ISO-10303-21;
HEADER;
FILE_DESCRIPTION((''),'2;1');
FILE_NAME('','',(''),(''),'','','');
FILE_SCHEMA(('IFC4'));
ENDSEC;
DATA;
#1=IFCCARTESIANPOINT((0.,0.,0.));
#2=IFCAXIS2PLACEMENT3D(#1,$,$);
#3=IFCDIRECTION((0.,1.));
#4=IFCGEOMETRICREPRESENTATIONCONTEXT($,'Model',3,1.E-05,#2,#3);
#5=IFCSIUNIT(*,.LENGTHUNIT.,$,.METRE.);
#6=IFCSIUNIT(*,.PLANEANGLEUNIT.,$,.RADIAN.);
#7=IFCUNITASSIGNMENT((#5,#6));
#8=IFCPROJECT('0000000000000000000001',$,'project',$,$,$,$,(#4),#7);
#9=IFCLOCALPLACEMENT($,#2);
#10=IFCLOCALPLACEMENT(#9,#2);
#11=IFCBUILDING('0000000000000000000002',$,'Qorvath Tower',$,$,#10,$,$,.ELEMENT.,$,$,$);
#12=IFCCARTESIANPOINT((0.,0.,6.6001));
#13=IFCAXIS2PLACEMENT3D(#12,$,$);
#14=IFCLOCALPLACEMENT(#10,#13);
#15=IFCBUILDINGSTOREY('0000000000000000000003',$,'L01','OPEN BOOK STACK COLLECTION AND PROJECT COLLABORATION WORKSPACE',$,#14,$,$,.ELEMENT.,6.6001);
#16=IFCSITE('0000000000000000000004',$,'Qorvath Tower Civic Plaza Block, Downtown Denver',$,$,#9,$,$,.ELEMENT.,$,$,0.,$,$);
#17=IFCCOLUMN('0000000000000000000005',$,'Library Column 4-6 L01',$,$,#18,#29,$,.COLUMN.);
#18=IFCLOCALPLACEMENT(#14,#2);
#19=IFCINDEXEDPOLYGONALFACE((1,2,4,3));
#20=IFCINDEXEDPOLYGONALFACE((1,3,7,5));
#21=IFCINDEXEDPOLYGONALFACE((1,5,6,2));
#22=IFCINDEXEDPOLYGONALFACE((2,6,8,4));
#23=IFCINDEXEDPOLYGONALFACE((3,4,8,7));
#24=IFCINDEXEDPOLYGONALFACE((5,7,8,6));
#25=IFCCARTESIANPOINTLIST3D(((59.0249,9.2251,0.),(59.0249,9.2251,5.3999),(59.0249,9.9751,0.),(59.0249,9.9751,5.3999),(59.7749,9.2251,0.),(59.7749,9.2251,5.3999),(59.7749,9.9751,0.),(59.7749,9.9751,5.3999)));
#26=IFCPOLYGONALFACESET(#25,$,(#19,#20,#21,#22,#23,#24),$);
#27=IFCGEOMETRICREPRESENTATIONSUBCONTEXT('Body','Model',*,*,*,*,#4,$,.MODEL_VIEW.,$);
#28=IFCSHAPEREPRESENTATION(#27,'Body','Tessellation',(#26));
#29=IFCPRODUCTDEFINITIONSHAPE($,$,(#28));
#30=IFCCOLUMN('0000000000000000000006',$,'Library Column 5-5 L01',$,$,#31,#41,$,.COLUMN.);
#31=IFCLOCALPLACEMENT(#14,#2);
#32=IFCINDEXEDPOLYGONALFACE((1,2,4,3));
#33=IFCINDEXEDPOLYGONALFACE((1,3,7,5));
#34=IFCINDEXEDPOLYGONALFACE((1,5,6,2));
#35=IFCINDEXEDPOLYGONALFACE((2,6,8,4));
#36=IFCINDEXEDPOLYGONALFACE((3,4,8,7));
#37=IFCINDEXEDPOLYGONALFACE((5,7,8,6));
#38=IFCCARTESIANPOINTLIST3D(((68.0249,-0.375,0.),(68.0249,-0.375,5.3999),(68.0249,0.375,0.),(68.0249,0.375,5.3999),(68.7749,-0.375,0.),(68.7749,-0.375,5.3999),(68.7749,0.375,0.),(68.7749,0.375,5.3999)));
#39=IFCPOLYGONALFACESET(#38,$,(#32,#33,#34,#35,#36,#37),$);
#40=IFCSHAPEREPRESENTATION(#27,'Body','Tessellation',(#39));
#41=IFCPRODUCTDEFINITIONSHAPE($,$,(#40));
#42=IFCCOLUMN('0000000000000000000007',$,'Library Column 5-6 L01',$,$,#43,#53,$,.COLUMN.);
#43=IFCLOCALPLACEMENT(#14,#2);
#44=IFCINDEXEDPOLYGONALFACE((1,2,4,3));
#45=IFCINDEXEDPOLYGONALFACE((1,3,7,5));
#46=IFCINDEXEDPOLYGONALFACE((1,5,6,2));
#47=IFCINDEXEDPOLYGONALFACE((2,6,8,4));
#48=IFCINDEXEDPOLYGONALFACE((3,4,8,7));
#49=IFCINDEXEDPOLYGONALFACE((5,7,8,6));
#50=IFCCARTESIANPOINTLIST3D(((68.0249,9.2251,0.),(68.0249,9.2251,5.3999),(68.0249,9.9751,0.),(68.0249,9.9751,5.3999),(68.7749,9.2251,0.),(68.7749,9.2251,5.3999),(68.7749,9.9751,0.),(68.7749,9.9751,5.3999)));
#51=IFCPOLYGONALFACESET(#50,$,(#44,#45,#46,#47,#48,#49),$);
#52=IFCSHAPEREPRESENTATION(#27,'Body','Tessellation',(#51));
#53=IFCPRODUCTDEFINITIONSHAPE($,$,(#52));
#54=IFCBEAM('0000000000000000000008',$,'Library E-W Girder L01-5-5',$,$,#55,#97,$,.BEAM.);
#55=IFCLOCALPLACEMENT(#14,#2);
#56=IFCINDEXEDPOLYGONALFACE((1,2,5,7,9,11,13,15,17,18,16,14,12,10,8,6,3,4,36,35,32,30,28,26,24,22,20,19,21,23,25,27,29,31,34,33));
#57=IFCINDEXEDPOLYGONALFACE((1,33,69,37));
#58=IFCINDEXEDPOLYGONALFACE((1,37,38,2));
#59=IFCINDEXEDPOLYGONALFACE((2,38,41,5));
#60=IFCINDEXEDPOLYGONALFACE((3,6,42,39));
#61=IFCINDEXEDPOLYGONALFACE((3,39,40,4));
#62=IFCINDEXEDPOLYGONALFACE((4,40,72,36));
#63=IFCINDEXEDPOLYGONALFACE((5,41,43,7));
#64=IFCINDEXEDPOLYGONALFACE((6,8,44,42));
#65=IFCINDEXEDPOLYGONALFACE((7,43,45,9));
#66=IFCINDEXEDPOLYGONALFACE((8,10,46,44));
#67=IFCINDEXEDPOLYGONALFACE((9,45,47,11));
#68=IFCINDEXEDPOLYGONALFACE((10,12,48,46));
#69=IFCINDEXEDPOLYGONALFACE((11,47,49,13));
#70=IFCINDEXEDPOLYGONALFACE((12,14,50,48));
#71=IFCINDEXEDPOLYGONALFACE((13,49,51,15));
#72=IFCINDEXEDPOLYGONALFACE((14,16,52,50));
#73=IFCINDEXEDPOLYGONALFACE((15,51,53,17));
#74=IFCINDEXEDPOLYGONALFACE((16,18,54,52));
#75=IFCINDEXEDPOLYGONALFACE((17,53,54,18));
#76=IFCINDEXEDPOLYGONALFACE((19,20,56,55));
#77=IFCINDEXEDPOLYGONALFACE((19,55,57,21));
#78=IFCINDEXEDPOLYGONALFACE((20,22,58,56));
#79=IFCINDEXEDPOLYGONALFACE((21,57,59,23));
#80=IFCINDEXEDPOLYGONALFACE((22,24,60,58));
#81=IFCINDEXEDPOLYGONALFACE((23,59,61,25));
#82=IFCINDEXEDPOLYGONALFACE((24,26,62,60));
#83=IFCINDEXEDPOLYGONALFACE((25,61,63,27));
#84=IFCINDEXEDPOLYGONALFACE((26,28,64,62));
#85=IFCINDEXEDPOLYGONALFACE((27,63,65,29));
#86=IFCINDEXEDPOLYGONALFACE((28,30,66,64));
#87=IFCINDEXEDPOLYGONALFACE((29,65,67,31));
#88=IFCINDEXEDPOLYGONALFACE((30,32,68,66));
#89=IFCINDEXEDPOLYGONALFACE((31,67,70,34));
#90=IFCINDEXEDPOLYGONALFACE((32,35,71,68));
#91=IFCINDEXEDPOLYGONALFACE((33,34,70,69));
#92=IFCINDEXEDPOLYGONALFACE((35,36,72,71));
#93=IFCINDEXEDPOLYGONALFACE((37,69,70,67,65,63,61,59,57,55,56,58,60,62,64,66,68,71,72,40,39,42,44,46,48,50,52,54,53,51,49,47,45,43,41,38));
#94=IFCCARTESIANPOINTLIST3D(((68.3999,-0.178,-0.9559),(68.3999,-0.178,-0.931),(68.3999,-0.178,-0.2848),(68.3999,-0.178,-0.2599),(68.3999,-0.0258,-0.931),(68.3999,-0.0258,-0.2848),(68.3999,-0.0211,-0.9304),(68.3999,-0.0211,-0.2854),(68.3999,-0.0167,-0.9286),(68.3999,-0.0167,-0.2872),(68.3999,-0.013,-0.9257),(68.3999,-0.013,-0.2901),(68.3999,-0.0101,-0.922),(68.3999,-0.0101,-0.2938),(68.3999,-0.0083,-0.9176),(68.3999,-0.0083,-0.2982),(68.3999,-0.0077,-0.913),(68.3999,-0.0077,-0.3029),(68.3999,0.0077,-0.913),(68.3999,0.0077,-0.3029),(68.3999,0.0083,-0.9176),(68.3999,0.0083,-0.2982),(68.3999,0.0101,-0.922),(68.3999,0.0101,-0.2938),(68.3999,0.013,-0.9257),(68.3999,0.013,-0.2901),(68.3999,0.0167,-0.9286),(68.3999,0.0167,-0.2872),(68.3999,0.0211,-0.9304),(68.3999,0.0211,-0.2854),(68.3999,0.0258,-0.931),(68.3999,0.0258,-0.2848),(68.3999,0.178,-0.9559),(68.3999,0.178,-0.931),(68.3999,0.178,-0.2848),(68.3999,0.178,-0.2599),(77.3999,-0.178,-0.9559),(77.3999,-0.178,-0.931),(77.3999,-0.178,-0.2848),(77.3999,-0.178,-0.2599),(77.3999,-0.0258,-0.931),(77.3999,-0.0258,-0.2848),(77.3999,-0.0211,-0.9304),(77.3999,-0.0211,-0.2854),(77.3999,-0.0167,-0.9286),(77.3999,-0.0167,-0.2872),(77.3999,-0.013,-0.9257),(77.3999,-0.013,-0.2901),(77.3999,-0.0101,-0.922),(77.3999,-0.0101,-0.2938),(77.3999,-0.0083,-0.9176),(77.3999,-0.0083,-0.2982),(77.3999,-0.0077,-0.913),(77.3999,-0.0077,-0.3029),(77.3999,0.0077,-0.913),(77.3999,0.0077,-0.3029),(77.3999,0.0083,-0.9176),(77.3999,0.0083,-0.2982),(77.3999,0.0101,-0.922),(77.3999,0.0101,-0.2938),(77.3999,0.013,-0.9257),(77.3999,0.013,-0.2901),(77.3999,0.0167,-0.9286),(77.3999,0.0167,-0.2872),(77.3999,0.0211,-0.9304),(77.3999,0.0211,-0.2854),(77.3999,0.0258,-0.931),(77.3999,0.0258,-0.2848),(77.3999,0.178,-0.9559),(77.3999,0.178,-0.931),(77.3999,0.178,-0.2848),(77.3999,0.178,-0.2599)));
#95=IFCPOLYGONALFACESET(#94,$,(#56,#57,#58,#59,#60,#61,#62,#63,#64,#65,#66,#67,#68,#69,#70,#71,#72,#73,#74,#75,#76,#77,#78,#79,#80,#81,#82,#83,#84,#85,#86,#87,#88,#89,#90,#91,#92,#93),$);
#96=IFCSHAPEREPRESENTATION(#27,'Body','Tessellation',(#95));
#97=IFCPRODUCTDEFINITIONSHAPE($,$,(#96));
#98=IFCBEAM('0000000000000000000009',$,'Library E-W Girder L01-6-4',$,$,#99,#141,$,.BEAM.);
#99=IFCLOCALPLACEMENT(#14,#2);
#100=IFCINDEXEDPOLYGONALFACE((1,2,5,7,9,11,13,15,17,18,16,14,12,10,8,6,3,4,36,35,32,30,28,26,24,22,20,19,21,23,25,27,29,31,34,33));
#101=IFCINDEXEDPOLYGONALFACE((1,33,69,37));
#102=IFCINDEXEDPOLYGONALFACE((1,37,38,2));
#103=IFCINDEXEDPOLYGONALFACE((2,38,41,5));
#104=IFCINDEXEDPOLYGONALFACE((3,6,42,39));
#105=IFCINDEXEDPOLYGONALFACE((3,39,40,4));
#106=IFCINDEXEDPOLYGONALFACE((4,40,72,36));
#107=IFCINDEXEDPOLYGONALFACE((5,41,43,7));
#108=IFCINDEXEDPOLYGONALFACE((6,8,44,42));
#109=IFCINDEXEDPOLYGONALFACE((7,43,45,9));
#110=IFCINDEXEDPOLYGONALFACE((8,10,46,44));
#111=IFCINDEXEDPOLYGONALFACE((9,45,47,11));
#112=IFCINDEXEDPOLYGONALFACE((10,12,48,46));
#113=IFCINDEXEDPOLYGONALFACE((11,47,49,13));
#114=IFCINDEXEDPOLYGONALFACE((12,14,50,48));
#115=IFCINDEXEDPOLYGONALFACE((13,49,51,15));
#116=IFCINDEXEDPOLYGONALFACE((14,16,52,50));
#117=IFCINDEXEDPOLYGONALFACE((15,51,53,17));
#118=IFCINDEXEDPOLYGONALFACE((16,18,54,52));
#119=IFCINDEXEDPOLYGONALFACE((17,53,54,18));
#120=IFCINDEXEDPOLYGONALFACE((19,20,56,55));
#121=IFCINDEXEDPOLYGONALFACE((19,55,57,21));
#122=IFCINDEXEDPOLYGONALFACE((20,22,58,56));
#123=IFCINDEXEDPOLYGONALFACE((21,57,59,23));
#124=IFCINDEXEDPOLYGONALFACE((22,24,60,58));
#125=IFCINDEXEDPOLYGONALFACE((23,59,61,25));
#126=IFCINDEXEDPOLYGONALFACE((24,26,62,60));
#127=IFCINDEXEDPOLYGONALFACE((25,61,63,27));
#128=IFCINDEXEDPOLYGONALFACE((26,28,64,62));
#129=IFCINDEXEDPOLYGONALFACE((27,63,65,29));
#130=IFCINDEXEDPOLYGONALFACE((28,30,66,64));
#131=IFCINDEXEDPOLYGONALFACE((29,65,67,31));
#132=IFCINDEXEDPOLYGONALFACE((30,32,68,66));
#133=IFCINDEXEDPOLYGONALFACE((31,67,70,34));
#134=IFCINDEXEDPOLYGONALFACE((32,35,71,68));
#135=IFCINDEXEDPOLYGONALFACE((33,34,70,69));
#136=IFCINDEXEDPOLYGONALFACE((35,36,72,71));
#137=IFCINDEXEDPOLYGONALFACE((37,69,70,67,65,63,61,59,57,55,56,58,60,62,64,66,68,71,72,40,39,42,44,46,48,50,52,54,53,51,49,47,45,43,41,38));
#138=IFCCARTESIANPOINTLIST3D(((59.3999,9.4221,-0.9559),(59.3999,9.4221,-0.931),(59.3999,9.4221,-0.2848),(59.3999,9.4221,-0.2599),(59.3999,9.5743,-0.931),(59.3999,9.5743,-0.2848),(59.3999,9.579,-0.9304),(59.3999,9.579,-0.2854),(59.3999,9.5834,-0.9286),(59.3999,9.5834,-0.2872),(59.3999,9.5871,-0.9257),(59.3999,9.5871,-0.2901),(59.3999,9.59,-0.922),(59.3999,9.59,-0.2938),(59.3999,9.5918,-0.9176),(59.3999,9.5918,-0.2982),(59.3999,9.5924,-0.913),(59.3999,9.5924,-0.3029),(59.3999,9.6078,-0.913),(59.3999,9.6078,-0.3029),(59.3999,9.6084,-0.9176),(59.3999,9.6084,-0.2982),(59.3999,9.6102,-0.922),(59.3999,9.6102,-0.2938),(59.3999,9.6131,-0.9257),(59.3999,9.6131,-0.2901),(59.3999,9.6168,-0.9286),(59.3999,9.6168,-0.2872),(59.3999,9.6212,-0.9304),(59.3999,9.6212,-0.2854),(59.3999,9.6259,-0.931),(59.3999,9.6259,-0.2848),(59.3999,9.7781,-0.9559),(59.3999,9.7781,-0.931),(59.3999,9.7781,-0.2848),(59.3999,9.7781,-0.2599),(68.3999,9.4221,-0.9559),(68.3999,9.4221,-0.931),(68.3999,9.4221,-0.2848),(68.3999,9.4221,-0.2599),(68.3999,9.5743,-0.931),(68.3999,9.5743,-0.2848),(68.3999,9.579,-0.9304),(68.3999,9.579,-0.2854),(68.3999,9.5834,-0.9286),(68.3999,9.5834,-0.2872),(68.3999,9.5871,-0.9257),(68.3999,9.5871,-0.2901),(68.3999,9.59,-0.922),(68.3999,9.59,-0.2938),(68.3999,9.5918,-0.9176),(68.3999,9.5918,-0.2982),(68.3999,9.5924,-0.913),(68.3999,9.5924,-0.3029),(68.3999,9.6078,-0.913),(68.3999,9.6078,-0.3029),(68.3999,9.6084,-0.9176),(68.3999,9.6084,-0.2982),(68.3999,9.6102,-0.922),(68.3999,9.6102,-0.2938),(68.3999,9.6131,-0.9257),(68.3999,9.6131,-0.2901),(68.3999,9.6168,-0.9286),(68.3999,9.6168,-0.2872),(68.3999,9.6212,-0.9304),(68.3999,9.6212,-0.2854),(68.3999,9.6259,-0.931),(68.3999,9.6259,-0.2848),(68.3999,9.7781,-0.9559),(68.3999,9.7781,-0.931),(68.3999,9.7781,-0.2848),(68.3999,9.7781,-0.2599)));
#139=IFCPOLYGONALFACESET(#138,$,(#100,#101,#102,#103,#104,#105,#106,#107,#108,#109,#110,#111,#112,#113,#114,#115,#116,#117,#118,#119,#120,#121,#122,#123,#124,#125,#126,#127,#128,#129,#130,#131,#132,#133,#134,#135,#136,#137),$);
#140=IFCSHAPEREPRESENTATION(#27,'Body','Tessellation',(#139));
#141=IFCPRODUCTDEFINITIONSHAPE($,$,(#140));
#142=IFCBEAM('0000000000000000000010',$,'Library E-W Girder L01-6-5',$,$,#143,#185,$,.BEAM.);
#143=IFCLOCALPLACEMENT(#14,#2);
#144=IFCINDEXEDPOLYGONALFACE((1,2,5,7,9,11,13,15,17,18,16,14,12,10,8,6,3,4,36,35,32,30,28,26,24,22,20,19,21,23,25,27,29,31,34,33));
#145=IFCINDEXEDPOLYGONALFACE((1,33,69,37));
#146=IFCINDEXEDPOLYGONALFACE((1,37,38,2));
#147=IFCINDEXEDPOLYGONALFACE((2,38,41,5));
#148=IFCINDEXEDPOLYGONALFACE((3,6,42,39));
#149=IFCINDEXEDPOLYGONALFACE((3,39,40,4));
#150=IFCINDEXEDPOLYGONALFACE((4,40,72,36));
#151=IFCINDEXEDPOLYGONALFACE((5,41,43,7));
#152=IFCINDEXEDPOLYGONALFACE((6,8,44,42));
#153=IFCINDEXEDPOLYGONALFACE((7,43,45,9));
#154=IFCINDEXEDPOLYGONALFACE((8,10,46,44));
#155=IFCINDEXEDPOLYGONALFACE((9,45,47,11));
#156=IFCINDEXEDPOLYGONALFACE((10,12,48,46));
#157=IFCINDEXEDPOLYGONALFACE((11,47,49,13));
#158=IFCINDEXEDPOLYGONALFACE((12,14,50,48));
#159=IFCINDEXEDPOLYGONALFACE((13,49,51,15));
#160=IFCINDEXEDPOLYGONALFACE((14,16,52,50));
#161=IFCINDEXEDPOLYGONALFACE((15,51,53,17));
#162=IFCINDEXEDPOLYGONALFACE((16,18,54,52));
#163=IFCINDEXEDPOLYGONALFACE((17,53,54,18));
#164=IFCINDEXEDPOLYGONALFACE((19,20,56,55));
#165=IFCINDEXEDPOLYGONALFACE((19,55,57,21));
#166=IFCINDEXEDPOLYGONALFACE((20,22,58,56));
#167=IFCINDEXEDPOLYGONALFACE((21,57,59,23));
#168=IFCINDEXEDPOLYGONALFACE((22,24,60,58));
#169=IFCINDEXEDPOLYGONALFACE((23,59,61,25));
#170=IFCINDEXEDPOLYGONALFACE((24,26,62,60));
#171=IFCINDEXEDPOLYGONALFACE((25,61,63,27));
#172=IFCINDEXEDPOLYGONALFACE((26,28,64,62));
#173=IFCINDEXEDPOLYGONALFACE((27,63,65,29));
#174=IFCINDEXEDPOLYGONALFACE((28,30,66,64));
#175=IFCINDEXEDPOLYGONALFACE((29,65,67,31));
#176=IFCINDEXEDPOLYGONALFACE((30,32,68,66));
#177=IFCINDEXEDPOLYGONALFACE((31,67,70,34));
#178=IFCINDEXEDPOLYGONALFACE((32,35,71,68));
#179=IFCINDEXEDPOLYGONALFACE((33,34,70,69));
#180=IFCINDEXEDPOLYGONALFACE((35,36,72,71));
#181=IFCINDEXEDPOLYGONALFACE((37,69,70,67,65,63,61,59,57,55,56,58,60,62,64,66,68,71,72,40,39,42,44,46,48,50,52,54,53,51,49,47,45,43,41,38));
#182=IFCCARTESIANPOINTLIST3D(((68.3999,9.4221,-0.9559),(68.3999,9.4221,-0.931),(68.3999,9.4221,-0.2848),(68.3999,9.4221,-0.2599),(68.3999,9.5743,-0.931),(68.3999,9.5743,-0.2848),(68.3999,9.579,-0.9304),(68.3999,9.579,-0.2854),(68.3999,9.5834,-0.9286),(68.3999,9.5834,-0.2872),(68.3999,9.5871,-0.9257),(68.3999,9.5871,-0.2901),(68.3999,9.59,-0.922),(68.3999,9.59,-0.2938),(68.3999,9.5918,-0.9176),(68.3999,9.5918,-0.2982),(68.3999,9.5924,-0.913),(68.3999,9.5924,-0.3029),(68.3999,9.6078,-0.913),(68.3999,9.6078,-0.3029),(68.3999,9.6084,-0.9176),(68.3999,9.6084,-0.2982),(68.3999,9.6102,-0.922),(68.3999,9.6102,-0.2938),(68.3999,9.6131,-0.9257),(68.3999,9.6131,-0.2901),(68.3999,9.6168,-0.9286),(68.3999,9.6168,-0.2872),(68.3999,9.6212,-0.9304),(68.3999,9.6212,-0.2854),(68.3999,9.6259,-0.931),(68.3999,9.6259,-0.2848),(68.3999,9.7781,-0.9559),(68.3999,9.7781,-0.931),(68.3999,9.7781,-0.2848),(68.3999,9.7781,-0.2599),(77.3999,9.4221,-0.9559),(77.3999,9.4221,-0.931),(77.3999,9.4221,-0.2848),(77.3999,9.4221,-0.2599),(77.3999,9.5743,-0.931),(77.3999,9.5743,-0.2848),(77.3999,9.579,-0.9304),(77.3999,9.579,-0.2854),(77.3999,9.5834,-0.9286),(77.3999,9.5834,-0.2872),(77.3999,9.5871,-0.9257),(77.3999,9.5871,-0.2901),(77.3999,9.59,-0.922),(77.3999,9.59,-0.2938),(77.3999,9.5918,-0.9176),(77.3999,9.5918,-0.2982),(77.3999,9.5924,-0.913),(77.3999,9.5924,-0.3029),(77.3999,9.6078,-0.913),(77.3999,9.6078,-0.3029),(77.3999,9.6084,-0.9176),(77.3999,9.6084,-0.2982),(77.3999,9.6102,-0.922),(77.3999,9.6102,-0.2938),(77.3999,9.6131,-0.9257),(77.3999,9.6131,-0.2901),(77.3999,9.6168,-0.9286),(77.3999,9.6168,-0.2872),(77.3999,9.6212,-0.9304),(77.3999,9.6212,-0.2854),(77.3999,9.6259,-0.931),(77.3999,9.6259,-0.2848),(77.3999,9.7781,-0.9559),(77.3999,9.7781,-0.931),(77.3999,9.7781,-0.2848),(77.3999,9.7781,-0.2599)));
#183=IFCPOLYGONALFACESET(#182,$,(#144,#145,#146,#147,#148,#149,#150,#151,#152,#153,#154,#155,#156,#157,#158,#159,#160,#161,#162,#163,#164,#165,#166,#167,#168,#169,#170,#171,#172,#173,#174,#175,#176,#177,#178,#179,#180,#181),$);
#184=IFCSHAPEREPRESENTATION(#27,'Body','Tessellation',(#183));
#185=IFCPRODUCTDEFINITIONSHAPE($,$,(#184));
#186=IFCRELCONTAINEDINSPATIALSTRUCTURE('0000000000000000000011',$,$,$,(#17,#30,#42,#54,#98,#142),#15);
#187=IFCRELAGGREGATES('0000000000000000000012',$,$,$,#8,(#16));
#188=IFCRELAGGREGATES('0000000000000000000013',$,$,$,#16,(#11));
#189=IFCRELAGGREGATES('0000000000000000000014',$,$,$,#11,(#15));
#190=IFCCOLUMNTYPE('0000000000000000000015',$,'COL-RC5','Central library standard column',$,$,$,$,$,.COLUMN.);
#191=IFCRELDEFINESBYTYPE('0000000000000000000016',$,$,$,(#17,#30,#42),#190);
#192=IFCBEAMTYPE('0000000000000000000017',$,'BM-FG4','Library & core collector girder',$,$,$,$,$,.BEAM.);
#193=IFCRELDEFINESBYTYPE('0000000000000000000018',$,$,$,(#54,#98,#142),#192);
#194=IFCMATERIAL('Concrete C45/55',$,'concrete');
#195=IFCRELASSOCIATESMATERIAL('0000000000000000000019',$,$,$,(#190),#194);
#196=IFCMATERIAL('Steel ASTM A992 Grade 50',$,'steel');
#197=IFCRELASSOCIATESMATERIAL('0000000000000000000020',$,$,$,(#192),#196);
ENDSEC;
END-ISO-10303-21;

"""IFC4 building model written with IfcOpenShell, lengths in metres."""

from ifc_helpers import new_model, si_unit, direction, frame, origin, origin_2d, place, context, subcontext, project, spatial, rectangle, i_section, extrude, material, material_profile, profile_set, type_object, element, save


model = new_model("IFC4")

# Units and contexts
model_context = context("Model", 3, precision=1e-05, world=origin(), true_north=direction((0.0, 1.0)))
body_context = subcontext(model_context, "Body", "Model", "MODEL_VIEW")
ifc_project = project(units=[si_unit("LENGTHUNIT", "METRE"), si_unit("PLANEANGLEUNIT", "RADIAN")], contexts=[model_context])

# Site, building, storey
site_placement = place(None, origin())
site = spatial("IfcSite", under=ifc_project, at=site_placement, Name="Qorvath Tower Civic Plaza Block, Downtown Denver", CompositionType="ELEMENT", RefElevation=0.0)
building_placement = place(site_placement, origin())
building = spatial("IfcBuilding", under=site, at=building_placement, Name="Qorvath Tower", CompositionType="ELEMENT")
storey_placement = place(building_placement, frame((0.0, 0.0, 6.6001)))
storey = spatial("IfcBuildingStorey", under=building, at=storey_placement, Name="L01", Description="OPEN BOOK STACK COLLECTION AND PROJECT COLLABORATION WORKSPACE", CompositionType="ELEMENT", Elevation=6.6001)

# Columns
ifc_material_1 = material(Name="Concrete C45/55", Category="concrete")
ifc_material_profile_1 = material_profile(ifc_material_1, rectangle(XDim=0.75, YDim=0.75, at=origin_2d()), Name="RC 750x750")
ifc_profile_set_1 = profile_set([ifc_material_profile_1], Name="Concrete C45/55")
column_type = type_object("IfcColumnType", Name="COL-RC5", Description="Central library standard column", PredefinedType="COLUMN", material=ifc_profile_set_1)
for number, where, z_axis, x_axis, name in (
    (1, (59.3999, 9.6001, 0.0), (0.0, 0.0, 1.0), (1.0, 0.0, 0.0), "Library Column 4-6 L01"),
    (2, (68.3999, 0.0, 0.0), (0.0, 0.0, 1.0), (1.0, 0.0, 0.0), "Library Column 5-5 L01"),
    (3, (68.3999, 9.6001, 0.0), (0.0, 0.0, 1.0), (1.0, 0.0, 0.0), "Library Column 5-6 L01"),
):
    element("IfcColumn", number, at=place(storey_placement, frame(where, z_axis=z_axis, x_axis=x_axis)), inside=storey, type_object=column_type, Name=name, PredefinedType="COLUMN", context=body_context, shape_type="SweptSolid", body=[
        extrude(rectangle(XDim=0.75, YDim=0.75, at=origin_2d()), origin(), (0.0, 0.0, 1.0), 5.3999),
    ])

# Beams
ifc_material_2 = material(Name="Steel ASTM A992 Grade 50", Category="steel")
ifc_material_profile_2 = material_profile(ifc_material_2, i_section(OverallWidth=0.356, OverallDepth=0.696, WebThickness=0.0154, FlangeThickness=0.0249, FilletRadius=0.0181, at=origin_2d()), Name="W27x146")
ifc_profile_set_2 = profile_set([ifc_material_profile_2], Name="Steel ASTM A992 Grade 50")
beam_type_1 = type_object("IfcBeamType", Name="BM-FG4", Description="Library & core collector girder", PredefinedType="BEAM", material=ifc_profile_set_2)
for number, where, z_axis, x_axis, name in (
    (4, (68.3999, 0.0, -0.6079), (1.0, 0.0, 0.0), (0.0, 1.0, 0.0), "Library E-W Girder L01-5-5"),
    (5, (59.3999, 9.6001, -0.6079), (1.0, 0.0, 0.0), (0.0, 1.0, 0.0), "Library E-W Girder L01-6-4"),
    (6, (68.3999, 9.6001, -0.6079), (1.0, 0.0, 0.0), (0.0, 1.0, 0.0), "Library E-W Girder L01-6-5"),
):
    element("IfcBeam", number, at=place(storey_placement, frame(where, z_axis=z_axis, x_axis=x_axis)), inside=storey, type_object=beam_type_1, Name=name, PredefinedType="BEAM", context=body_context, shape_type="SweptSolid", body=[
        extrude(i_section(OverallWidth=0.356, OverallDepth=0.696, WebThickness=0.0154, FlangeThickness=0.0249, FilletRadius=0.0181, at=origin_2d()), origin(), (0.0, 0.0, 1.0), 9.0),
    ])

save(model, "model.ifc")
